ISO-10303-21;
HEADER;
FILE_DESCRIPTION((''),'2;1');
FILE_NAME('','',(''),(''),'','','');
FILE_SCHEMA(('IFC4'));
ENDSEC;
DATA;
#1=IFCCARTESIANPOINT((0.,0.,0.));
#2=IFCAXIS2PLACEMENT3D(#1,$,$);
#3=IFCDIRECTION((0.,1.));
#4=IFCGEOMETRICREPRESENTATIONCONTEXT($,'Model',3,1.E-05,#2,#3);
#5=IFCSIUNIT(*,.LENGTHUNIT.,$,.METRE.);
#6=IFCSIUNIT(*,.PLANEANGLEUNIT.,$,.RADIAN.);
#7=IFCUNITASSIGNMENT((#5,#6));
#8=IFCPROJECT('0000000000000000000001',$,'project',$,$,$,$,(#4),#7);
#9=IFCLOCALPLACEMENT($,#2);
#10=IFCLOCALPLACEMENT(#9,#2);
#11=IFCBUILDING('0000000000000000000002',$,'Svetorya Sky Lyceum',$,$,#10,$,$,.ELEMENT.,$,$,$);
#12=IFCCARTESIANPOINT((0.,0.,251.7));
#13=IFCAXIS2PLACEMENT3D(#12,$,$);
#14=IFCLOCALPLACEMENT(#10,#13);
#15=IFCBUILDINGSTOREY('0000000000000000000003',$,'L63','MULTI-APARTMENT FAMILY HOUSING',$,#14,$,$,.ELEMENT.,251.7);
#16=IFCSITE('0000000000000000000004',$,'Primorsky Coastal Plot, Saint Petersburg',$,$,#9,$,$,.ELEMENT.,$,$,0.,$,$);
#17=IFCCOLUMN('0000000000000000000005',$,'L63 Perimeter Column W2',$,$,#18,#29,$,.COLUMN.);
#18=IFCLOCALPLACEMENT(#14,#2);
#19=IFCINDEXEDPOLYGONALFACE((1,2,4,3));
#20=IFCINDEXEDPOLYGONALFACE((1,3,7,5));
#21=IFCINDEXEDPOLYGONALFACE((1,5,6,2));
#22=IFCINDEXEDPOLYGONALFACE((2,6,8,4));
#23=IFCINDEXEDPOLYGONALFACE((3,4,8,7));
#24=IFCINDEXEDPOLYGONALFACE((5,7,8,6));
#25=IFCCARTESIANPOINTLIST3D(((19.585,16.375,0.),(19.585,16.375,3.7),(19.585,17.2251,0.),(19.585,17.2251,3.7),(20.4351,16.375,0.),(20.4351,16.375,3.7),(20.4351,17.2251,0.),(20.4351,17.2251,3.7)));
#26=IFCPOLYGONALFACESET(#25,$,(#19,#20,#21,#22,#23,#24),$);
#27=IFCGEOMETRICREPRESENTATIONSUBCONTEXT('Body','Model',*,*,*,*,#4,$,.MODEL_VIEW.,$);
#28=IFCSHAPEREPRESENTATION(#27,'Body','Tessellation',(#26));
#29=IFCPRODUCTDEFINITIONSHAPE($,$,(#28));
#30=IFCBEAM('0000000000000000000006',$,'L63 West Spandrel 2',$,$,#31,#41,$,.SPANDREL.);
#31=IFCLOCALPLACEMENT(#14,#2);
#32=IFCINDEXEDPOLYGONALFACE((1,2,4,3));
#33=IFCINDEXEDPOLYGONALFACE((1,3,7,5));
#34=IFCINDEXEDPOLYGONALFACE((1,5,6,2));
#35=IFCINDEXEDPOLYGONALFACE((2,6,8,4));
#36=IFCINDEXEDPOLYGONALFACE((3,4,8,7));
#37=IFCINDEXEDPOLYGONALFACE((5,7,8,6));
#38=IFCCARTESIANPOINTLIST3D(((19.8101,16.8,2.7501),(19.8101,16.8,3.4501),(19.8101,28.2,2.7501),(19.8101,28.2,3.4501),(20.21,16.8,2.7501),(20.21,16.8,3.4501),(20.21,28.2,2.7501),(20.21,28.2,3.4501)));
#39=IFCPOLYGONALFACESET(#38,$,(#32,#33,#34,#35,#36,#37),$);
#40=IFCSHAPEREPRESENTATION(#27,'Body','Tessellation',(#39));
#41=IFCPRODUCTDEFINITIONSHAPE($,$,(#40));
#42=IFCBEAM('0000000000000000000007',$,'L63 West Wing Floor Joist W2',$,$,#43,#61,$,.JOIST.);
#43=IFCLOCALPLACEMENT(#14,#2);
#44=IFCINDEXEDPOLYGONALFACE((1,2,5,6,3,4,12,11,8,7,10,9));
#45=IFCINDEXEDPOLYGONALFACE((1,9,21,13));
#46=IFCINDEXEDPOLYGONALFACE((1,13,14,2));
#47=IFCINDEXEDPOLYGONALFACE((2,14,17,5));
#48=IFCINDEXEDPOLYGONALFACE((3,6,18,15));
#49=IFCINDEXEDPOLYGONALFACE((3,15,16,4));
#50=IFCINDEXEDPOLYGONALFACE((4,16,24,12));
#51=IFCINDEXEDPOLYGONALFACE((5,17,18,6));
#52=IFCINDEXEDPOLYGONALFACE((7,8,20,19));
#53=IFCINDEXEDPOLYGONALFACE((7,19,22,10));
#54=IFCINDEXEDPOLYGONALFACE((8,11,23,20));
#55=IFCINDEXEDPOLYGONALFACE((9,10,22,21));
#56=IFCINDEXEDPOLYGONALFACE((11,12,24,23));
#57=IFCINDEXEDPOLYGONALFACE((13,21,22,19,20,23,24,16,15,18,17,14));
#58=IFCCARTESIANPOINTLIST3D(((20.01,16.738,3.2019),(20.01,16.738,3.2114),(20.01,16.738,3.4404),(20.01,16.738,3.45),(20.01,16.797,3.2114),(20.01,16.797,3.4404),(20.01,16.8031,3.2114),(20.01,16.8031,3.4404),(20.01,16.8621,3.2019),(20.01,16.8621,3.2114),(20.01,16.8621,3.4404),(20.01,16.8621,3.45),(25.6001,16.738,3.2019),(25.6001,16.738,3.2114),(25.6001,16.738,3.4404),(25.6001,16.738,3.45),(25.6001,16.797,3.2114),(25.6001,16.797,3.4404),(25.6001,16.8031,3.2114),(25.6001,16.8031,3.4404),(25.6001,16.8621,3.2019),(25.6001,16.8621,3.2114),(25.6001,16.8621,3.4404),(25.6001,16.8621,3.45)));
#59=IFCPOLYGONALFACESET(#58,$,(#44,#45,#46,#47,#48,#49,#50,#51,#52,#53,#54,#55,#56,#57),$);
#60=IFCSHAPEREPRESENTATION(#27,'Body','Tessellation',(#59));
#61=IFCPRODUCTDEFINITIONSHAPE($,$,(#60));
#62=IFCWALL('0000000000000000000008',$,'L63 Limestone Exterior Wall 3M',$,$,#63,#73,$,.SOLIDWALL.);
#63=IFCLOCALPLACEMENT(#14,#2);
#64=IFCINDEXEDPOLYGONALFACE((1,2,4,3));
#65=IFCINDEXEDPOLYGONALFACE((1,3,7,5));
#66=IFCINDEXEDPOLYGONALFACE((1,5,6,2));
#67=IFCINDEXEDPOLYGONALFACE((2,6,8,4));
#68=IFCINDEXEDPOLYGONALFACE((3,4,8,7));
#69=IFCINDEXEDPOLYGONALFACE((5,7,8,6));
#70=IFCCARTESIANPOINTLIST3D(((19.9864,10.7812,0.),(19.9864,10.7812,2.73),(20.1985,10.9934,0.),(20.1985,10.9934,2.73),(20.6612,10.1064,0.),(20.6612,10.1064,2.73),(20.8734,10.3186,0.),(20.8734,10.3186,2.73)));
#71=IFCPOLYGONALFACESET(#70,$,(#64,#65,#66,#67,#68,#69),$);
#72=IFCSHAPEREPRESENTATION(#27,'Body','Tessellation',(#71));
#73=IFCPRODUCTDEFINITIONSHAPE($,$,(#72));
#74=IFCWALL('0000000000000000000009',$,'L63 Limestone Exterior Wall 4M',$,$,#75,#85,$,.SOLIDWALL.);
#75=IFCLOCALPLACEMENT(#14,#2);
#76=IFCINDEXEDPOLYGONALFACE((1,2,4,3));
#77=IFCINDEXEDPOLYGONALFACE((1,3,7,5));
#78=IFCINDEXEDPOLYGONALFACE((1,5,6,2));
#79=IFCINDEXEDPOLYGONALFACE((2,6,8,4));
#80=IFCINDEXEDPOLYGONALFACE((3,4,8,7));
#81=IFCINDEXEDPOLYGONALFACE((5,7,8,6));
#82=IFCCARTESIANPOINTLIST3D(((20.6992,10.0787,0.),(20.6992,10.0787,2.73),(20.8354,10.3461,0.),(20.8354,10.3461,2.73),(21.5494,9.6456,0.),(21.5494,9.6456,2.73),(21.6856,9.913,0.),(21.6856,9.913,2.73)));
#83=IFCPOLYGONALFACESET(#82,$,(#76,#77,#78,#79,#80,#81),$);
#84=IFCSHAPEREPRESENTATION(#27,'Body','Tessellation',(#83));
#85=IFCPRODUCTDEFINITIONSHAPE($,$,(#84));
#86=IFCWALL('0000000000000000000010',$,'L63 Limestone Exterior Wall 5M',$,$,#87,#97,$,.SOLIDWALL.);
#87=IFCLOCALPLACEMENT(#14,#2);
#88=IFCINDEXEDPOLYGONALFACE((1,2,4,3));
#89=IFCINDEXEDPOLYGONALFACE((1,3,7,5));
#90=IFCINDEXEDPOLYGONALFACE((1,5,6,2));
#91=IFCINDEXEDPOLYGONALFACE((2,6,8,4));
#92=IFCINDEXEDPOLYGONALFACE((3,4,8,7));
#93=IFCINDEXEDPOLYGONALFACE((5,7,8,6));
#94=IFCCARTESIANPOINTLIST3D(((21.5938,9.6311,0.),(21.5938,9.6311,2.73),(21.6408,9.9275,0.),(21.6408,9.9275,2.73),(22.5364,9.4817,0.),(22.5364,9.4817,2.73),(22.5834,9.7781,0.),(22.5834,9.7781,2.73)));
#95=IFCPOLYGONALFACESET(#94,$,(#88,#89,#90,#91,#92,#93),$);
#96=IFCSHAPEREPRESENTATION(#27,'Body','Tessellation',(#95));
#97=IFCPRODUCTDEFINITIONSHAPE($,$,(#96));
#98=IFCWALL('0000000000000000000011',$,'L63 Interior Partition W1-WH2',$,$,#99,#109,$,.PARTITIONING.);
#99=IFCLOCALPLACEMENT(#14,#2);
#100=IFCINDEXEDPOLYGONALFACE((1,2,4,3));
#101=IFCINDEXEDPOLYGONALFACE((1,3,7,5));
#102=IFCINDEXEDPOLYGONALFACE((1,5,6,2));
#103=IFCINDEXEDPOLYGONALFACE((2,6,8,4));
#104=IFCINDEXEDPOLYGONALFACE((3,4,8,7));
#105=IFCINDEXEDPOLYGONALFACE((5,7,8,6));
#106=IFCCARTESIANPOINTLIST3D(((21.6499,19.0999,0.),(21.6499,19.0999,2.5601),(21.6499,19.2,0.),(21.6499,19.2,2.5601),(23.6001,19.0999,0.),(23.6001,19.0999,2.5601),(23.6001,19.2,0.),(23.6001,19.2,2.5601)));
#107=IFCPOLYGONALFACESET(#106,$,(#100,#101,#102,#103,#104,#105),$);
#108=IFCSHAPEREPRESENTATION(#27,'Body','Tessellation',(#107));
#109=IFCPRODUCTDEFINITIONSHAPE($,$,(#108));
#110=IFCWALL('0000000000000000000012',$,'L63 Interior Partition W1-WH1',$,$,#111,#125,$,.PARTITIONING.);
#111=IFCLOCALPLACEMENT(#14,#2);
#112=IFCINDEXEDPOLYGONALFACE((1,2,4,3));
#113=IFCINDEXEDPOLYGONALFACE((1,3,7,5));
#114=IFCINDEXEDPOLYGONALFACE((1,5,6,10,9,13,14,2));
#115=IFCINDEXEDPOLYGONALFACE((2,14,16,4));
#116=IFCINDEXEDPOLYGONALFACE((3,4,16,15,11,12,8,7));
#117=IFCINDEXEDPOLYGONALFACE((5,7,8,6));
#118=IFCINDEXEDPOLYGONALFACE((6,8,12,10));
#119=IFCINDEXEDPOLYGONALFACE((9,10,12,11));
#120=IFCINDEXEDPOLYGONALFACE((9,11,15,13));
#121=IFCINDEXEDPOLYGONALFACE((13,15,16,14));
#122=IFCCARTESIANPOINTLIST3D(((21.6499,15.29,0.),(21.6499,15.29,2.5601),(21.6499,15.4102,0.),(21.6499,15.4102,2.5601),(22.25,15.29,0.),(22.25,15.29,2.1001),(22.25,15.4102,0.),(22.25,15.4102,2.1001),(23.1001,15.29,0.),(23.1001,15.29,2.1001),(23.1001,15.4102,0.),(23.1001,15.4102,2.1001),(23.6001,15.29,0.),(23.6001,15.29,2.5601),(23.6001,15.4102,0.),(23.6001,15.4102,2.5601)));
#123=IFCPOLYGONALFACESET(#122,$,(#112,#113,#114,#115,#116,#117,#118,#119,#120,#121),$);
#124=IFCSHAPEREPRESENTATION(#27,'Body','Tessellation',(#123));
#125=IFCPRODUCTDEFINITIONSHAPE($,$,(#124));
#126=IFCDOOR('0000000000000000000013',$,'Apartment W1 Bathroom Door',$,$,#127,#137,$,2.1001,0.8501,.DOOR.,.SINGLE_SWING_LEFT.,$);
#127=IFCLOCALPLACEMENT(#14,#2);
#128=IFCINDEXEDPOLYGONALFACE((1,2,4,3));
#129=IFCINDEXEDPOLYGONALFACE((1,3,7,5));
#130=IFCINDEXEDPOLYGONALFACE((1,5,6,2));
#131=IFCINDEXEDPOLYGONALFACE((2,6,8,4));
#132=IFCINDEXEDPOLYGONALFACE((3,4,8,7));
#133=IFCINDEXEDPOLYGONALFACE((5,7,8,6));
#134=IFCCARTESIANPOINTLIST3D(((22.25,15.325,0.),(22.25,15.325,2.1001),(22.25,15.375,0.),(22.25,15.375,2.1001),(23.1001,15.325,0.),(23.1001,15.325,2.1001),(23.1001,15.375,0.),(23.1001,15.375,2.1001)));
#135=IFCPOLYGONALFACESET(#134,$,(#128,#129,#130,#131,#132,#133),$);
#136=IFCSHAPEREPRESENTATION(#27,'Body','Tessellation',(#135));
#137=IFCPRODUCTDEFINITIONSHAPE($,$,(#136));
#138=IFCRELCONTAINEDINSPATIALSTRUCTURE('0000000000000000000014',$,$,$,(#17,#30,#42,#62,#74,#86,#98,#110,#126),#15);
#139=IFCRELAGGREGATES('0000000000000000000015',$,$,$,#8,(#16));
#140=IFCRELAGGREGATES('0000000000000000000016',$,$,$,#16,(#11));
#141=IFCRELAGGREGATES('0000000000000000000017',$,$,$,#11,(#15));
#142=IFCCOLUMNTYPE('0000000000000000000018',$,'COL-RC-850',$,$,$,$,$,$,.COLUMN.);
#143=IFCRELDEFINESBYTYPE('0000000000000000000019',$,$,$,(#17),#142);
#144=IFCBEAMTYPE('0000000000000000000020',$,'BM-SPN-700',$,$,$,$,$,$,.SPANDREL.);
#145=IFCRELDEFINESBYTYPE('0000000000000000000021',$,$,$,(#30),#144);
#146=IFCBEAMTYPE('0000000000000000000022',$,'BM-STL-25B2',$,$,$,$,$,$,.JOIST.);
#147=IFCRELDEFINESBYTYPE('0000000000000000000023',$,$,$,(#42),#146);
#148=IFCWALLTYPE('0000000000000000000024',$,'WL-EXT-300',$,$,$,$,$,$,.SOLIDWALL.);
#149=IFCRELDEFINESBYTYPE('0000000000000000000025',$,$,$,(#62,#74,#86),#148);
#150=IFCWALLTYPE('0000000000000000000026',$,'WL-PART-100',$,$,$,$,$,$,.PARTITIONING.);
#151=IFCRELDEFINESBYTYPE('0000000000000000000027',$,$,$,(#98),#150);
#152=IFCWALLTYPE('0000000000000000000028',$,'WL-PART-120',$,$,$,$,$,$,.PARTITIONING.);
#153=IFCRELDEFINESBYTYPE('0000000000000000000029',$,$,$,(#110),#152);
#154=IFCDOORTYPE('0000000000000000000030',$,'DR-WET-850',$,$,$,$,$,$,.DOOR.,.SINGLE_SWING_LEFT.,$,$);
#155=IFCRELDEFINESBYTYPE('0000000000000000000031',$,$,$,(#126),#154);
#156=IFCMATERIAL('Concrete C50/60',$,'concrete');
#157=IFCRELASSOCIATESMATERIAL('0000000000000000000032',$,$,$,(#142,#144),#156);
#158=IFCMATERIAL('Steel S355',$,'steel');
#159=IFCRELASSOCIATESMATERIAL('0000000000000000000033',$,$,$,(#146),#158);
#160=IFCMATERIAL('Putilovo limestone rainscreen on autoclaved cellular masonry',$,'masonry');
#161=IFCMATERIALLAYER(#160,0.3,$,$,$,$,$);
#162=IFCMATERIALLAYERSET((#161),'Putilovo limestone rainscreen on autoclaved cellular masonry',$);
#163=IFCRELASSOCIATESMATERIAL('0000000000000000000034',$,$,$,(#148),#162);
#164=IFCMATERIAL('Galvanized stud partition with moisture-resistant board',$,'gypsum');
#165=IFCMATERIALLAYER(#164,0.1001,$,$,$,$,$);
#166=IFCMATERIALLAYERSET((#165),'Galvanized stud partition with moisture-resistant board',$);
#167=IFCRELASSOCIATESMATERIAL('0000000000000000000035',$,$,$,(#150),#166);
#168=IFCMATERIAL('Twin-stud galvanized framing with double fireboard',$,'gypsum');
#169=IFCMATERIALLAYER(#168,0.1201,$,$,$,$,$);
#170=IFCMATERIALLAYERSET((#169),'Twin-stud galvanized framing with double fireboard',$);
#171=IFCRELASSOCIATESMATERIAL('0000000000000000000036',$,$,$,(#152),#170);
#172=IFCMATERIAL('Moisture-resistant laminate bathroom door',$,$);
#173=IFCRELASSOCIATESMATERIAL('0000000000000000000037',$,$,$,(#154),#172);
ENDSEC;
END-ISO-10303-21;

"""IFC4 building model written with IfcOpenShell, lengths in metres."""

from ifc_helpers import new_model, si_unit, direction, frame, frame_2d, origin, origin_2d, place, context, subcontext, project, spatial, rectangle, i_section, extrude, material, layer, layer_set, material_profile, profile_set, type_object, element, fill, save


model = new_model("IFC4")

# Units and contexts
model_context = context("Model", 3, precision=1e-05, world=origin(), true_north=direction((0.0, 1.0)))
body_context = subcontext(model_context, "Body", "Model", "MODEL_VIEW")
ifc_project = project(units=[si_unit("LENGTHUNIT", "METRE"), si_unit("PLANEANGLEUNIT", "RADIAN")], contexts=[model_context])

# Site, building, storey
site_placement = place(None, origin())
site = spatial("IfcSite", under=ifc_project, at=site_placement, Name="Primorsky Coastal Plot, Saint Petersburg", CompositionType="ELEMENT", RefElevation=0.0)
building_placement = place(site_placement, origin())
building = spatial("IfcBuilding", under=site, at=building_placement, Name="Svetorya Sky Lyceum", CompositionType="ELEMENT")
storey_placement = place(building_placement, frame((0.0, 0.0, 251.7)))
storey = spatial("IfcBuildingStorey", under=building, at=storey_placement, Name="L63", Description="MULTI-APARTMENT FAMILY HOUSING", CompositionType="ELEMENT", Elevation=251.7)

# Column
ifc_material_1 = material(Name="Concrete C50/60", Category="concrete")
ifc_material_profile_1 = material_profile(ifc_material_1, rectangle(XDim=0.8501, YDim=0.8501, at=origin_2d()), Name="RC COL 850x850")
ifc_profile_set_1 = profile_set([ifc_material_profile_1], Name="Concrete C50/60")
column_type = type_object("IfcColumnType", Name="COL-RC-850", PredefinedType="COLUMN", material=ifc_profile_set_1)
column_placement = place(storey_placement, frame((20.01, 16.8, 0.0), z_axis=(0.0, 0.0, 1.0), x_axis=(1.0, 0.0, 0.0)))
element("IfcColumn", 1, at=column_placement, inside=storey, type_object=column_type, Name="L63 Perimeter Column W2", PredefinedType="COLUMN", context=body_context, shape_type="SweptSolid", body=[
    extrude(rectangle(XDim=0.8501, YDim=0.8501, at=origin_2d()), origin(), (0.0, 0.0, 1.0), 3.7),
])

# Beams
ifc_material_profile_2 = material_profile(ifc_material_1, rectangle(XDim=0.3999, YDim=0.7, at=origin_2d()), Name="RC SPANDREL 400x700")
ifc_profile_set_2 = profile_set([ifc_material_profile_2], Name="Concrete C50/60")
beam_type_1 = type_object("IfcBeamType", Name="BM-SPN-700", PredefinedType="SPANDREL", material=ifc_profile_set_2)
beam_1_placement = place(storey_placement, frame((20.01, 16.8, 3.1001), z_axis=(0.0, 1.0, 0.0), x_axis=(-1.0, 0.0, 0.0)))
element("IfcBeam", 2, at=beam_1_placement, inside=storey, type_object=beam_type_1, Name="L63 West Spandrel 2", PredefinedType="SPANDREL", context=body_context, shape_type="SweptSolid", body=[
    extrude(rectangle(XDim=0.3999, YDim=0.7, at=origin_2d()), origin(), (0.0, 0.0, 1.0), 11.3999),
])
ifc_material_2 = material(Name="Steel S355", Category="steel")
ifc_material_profile_3 = material_profile(ifc_material_2, i_section(OverallWidth=0.124, OverallDepth=0.248, WebThickness=0.0061, FlangeThickness=0.0095, at=origin_2d()), Name="GOST 25B2")
ifc_profile_set_3 = profile_set([ifc_material_profile_3], Name="Steel S355")
beam_type_2 = type_object("IfcBeamType", Name="BM-STL-25B2", PredefinedType="JOIST", material=ifc_profile_set_3)
beam_2_placement = place(storey_placement, frame((20.01, 16.8, 3.3259), z_axis=(1.0, 0.0, 0.0), x_axis=(0.0, 1.0, 0.0)))
element("IfcBeam", 3, at=beam_2_placement, inside=storey, type_object=beam_type_2, Name="L63 West Wing Floor Joist W2", PredefinedType="JOIST", context=body_context, shape_type="SweptSolid", body=[
    extrude(i_section(OverallWidth=0.124, OverallDepth=0.248, WebThickness=0.0061, FlangeThickness=0.0095, at=origin_2d()), origin(), (0.0, 0.0, 1.0), 5.5901),
])

# Walls
ifc_material_3 = material(Name="Putilovo limestone rainscreen on autoclaved cellular masonry", Category="masonry")
ifc_layer_1 = layer(ifc_material_3, 0.3)
ifc_layer_set_1 = layer_set([ifc_layer_1], Name="Putilovo limestone rainscreen on autoclaved cellular masonry")
wall_type_1 = type_object("IfcWallType", Name="WL-EXT-300", PredefinedType="SOLIDWALL", material=ifc_layer_set_1)
wall_1_placement = place(storey_placement, frame((20.0925, 10.8872, 0.0), z_axis=(0.0, 0.0, 1.0), x_axis=(0.707107, -0.707107, 0.0)))
element("IfcWall", 4, at=wall_1_placement, inside=storey, type_object=wall_type_1, Name="L63 Limestone Exterior Wall 3M", PredefinedType="SOLIDWALL", context=body_context, shape_type="SweptSolid", body=[
    extrude(rectangle(XDim=0.9543, YDim=0.3, at=frame_2d((0.4771, 0.0))), origin(), (0.0, 0.0, 1.0), 2.73),
])
wall_2_placement = place(storey_placement, frame((20.7673, 10.2124, 0.0), z_axis=(0.0, 0.0, 1.0), x_axis=(0.891024, -0.453956, 0.0)))
element("IfcWall", 5, at=wall_2_placement, inside=storey, type_object=wall_type_1, Name="L63 Limestone Exterior Wall 4M", PredefinedType="SOLIDWALL", context=body_context, shape_type="SweptSolid", body=[
    extrude(rectangle(XDim=0.9541, YDim=0.3, at=frame_2d((0.4771, 0.0))), origin(), (0.0, 0.0, 1.0), 2.73),
])
wall_3_placement = place(storey_placement, frame((21.6174, 9.7793, 0.0), z_axis=(0.0, 0.0, 1.0), x_axis=(0.987669, -0.156554, 0.0)))
element("IfcWall", 6, at=wall_3_placement, inside=storey, type_object=wall_type_1, Name="L63 Limestone Exterior Wall 5M", PredefinedType="SOLIDWALL", context=body_context, shape_type="SweptSolid", body=[
    extrude(rectangle(XDim=0.9543, YDim=0.3, at=frame_2d((0.4771, 0.0))), origin(), (0.0, 0.0, 1.0), 2.73),
])

# Wall
ifc_material_4 = material(Name="Galvanized stud partition with moisture-resistant board", Category="gypsum")
ifc_layer_2 = layer(ifc_material_4, 0.1001)
ifc_layer_set_2 = layer_set([ifc_layer_2], Name="Galvanized stud partition with moisture-resistant board")
wall_type_2 = type_object("IfcWallType", Name="WL-PART-100", PredefinedType="PARTITIONING", material=ifc_layer_set_2)
wall_4_placement = place(storey_placement, frame((21.6499, 19.1499, 0.0), z_axis=(0.0, 0.0, 1.0), x_axis=(1.0, 0.0, 0.0)))
element("IfcWall", 7, at=wall_4_placement, inside=storey, type_object=wall_type_2, Name="L63 Interior Partition W1-WH2", PredefinedType="PARTITIONING", context=body_context, shape_type="SweptSolid", body=[
    extrude(rectangle(XDim=1.9502, YDim=0.1001, at=frame_2d((0.9751, 0.0))), origin(), (0.0, 0.0, 1.0), 2.5601),
])

# Wall, opening, door
ifc_material_5 = material(Name="Twin-stud galvanized framing with double fireboard", Category="gypsum")
ifc_layer_3 = layer(ifc_material_5, 0.1201)
ifc_layer_set_3 = layer_set([ifc_layer_3], Name="Twin-stud galvanized framing with double fireboard")
wall_type_3 = type_object("IfcWallType", Name="WL-PART-120", PredefinedType="PARTITIONING", material=ifc_layer_set_3)
wall_5_placement = place(storey_placement, frame((21.6499, 15.3501, 0.0), z_axis=(0.0, 0.0, 1.0), x_axis=(1.0, 0.0, 0.0)))
wall_5 = element("IfcWall", 8, at=wall_5_placement, inside=storey, type_object=wall_type_3, Name="L63 Interior Partition W1-WH1", PredefinedType="PARTITIONING", context=body_context, shape_type="SweptSolid", body=[
    extrude(rectangle(XDim=1.9502, YDim=0.1201, at=frame_2d((0.9751, 0.0))), origin(), (0.0, 0.0, 1.0), 2.5601),
])
opening_1_placement = place(wall_5_placement, frame((0.6001, 0.0, 0.0)))
opening_1 = element("IfcOpeningElement", 9, at=opening_1_placement, cuts=wall_5, PredefinedType="OPENING", context=body_context, shape_type="SweptSolid", body=[
    extrude(rectangle(XDim=0.8501, YDim=2.1001, at=frame_2d((0.425, 1.05))), frame((0.0, 0.0701, 0.0), z_axis=(0.0, -1.0, 0.0), x_axis=(1.0, 0.0, 0.0)), (0.0, 0.0, 1.0), 0.1401),
])
ifc_material_6 = material(Name="Moisture-resistant laminate bathroom door")
door_type_1 = type_object("IfcDoorType", Name="DR-WET-850", OperationType="SINGLE_SWING_LEFT", PredefinedType="DOOR", material=ifc_material_6)
door_1_placement = place(opening_1_placement, origin())
door_1 = element("IfcDoor", 10, at=door_1_placement, inside=storey, type_object=door_type_1, Name="Apartment W1 Bathroom Door", OperationType="SINGLE_SWING_LEFT", OverallHeight=2.1001, OverallWidth=0.8501, PredefinedType="DOOR", context=body_context, shape_type="SweptSolid", body=[
    extrude(rectangle(XDim=0.8501, YDim=2.1001, at=frame_2d((0.425, 1.05))), frame((0.0, 0.0249, 0.0), z_axis=(0.0, -1.0, 0.0), x_axis=(1.0, 0.0, 0.0)), (0.0, 0.0, 1.0), 0.05),
])
fill(opening_1, door_1)

save(model, "model.ifc")
